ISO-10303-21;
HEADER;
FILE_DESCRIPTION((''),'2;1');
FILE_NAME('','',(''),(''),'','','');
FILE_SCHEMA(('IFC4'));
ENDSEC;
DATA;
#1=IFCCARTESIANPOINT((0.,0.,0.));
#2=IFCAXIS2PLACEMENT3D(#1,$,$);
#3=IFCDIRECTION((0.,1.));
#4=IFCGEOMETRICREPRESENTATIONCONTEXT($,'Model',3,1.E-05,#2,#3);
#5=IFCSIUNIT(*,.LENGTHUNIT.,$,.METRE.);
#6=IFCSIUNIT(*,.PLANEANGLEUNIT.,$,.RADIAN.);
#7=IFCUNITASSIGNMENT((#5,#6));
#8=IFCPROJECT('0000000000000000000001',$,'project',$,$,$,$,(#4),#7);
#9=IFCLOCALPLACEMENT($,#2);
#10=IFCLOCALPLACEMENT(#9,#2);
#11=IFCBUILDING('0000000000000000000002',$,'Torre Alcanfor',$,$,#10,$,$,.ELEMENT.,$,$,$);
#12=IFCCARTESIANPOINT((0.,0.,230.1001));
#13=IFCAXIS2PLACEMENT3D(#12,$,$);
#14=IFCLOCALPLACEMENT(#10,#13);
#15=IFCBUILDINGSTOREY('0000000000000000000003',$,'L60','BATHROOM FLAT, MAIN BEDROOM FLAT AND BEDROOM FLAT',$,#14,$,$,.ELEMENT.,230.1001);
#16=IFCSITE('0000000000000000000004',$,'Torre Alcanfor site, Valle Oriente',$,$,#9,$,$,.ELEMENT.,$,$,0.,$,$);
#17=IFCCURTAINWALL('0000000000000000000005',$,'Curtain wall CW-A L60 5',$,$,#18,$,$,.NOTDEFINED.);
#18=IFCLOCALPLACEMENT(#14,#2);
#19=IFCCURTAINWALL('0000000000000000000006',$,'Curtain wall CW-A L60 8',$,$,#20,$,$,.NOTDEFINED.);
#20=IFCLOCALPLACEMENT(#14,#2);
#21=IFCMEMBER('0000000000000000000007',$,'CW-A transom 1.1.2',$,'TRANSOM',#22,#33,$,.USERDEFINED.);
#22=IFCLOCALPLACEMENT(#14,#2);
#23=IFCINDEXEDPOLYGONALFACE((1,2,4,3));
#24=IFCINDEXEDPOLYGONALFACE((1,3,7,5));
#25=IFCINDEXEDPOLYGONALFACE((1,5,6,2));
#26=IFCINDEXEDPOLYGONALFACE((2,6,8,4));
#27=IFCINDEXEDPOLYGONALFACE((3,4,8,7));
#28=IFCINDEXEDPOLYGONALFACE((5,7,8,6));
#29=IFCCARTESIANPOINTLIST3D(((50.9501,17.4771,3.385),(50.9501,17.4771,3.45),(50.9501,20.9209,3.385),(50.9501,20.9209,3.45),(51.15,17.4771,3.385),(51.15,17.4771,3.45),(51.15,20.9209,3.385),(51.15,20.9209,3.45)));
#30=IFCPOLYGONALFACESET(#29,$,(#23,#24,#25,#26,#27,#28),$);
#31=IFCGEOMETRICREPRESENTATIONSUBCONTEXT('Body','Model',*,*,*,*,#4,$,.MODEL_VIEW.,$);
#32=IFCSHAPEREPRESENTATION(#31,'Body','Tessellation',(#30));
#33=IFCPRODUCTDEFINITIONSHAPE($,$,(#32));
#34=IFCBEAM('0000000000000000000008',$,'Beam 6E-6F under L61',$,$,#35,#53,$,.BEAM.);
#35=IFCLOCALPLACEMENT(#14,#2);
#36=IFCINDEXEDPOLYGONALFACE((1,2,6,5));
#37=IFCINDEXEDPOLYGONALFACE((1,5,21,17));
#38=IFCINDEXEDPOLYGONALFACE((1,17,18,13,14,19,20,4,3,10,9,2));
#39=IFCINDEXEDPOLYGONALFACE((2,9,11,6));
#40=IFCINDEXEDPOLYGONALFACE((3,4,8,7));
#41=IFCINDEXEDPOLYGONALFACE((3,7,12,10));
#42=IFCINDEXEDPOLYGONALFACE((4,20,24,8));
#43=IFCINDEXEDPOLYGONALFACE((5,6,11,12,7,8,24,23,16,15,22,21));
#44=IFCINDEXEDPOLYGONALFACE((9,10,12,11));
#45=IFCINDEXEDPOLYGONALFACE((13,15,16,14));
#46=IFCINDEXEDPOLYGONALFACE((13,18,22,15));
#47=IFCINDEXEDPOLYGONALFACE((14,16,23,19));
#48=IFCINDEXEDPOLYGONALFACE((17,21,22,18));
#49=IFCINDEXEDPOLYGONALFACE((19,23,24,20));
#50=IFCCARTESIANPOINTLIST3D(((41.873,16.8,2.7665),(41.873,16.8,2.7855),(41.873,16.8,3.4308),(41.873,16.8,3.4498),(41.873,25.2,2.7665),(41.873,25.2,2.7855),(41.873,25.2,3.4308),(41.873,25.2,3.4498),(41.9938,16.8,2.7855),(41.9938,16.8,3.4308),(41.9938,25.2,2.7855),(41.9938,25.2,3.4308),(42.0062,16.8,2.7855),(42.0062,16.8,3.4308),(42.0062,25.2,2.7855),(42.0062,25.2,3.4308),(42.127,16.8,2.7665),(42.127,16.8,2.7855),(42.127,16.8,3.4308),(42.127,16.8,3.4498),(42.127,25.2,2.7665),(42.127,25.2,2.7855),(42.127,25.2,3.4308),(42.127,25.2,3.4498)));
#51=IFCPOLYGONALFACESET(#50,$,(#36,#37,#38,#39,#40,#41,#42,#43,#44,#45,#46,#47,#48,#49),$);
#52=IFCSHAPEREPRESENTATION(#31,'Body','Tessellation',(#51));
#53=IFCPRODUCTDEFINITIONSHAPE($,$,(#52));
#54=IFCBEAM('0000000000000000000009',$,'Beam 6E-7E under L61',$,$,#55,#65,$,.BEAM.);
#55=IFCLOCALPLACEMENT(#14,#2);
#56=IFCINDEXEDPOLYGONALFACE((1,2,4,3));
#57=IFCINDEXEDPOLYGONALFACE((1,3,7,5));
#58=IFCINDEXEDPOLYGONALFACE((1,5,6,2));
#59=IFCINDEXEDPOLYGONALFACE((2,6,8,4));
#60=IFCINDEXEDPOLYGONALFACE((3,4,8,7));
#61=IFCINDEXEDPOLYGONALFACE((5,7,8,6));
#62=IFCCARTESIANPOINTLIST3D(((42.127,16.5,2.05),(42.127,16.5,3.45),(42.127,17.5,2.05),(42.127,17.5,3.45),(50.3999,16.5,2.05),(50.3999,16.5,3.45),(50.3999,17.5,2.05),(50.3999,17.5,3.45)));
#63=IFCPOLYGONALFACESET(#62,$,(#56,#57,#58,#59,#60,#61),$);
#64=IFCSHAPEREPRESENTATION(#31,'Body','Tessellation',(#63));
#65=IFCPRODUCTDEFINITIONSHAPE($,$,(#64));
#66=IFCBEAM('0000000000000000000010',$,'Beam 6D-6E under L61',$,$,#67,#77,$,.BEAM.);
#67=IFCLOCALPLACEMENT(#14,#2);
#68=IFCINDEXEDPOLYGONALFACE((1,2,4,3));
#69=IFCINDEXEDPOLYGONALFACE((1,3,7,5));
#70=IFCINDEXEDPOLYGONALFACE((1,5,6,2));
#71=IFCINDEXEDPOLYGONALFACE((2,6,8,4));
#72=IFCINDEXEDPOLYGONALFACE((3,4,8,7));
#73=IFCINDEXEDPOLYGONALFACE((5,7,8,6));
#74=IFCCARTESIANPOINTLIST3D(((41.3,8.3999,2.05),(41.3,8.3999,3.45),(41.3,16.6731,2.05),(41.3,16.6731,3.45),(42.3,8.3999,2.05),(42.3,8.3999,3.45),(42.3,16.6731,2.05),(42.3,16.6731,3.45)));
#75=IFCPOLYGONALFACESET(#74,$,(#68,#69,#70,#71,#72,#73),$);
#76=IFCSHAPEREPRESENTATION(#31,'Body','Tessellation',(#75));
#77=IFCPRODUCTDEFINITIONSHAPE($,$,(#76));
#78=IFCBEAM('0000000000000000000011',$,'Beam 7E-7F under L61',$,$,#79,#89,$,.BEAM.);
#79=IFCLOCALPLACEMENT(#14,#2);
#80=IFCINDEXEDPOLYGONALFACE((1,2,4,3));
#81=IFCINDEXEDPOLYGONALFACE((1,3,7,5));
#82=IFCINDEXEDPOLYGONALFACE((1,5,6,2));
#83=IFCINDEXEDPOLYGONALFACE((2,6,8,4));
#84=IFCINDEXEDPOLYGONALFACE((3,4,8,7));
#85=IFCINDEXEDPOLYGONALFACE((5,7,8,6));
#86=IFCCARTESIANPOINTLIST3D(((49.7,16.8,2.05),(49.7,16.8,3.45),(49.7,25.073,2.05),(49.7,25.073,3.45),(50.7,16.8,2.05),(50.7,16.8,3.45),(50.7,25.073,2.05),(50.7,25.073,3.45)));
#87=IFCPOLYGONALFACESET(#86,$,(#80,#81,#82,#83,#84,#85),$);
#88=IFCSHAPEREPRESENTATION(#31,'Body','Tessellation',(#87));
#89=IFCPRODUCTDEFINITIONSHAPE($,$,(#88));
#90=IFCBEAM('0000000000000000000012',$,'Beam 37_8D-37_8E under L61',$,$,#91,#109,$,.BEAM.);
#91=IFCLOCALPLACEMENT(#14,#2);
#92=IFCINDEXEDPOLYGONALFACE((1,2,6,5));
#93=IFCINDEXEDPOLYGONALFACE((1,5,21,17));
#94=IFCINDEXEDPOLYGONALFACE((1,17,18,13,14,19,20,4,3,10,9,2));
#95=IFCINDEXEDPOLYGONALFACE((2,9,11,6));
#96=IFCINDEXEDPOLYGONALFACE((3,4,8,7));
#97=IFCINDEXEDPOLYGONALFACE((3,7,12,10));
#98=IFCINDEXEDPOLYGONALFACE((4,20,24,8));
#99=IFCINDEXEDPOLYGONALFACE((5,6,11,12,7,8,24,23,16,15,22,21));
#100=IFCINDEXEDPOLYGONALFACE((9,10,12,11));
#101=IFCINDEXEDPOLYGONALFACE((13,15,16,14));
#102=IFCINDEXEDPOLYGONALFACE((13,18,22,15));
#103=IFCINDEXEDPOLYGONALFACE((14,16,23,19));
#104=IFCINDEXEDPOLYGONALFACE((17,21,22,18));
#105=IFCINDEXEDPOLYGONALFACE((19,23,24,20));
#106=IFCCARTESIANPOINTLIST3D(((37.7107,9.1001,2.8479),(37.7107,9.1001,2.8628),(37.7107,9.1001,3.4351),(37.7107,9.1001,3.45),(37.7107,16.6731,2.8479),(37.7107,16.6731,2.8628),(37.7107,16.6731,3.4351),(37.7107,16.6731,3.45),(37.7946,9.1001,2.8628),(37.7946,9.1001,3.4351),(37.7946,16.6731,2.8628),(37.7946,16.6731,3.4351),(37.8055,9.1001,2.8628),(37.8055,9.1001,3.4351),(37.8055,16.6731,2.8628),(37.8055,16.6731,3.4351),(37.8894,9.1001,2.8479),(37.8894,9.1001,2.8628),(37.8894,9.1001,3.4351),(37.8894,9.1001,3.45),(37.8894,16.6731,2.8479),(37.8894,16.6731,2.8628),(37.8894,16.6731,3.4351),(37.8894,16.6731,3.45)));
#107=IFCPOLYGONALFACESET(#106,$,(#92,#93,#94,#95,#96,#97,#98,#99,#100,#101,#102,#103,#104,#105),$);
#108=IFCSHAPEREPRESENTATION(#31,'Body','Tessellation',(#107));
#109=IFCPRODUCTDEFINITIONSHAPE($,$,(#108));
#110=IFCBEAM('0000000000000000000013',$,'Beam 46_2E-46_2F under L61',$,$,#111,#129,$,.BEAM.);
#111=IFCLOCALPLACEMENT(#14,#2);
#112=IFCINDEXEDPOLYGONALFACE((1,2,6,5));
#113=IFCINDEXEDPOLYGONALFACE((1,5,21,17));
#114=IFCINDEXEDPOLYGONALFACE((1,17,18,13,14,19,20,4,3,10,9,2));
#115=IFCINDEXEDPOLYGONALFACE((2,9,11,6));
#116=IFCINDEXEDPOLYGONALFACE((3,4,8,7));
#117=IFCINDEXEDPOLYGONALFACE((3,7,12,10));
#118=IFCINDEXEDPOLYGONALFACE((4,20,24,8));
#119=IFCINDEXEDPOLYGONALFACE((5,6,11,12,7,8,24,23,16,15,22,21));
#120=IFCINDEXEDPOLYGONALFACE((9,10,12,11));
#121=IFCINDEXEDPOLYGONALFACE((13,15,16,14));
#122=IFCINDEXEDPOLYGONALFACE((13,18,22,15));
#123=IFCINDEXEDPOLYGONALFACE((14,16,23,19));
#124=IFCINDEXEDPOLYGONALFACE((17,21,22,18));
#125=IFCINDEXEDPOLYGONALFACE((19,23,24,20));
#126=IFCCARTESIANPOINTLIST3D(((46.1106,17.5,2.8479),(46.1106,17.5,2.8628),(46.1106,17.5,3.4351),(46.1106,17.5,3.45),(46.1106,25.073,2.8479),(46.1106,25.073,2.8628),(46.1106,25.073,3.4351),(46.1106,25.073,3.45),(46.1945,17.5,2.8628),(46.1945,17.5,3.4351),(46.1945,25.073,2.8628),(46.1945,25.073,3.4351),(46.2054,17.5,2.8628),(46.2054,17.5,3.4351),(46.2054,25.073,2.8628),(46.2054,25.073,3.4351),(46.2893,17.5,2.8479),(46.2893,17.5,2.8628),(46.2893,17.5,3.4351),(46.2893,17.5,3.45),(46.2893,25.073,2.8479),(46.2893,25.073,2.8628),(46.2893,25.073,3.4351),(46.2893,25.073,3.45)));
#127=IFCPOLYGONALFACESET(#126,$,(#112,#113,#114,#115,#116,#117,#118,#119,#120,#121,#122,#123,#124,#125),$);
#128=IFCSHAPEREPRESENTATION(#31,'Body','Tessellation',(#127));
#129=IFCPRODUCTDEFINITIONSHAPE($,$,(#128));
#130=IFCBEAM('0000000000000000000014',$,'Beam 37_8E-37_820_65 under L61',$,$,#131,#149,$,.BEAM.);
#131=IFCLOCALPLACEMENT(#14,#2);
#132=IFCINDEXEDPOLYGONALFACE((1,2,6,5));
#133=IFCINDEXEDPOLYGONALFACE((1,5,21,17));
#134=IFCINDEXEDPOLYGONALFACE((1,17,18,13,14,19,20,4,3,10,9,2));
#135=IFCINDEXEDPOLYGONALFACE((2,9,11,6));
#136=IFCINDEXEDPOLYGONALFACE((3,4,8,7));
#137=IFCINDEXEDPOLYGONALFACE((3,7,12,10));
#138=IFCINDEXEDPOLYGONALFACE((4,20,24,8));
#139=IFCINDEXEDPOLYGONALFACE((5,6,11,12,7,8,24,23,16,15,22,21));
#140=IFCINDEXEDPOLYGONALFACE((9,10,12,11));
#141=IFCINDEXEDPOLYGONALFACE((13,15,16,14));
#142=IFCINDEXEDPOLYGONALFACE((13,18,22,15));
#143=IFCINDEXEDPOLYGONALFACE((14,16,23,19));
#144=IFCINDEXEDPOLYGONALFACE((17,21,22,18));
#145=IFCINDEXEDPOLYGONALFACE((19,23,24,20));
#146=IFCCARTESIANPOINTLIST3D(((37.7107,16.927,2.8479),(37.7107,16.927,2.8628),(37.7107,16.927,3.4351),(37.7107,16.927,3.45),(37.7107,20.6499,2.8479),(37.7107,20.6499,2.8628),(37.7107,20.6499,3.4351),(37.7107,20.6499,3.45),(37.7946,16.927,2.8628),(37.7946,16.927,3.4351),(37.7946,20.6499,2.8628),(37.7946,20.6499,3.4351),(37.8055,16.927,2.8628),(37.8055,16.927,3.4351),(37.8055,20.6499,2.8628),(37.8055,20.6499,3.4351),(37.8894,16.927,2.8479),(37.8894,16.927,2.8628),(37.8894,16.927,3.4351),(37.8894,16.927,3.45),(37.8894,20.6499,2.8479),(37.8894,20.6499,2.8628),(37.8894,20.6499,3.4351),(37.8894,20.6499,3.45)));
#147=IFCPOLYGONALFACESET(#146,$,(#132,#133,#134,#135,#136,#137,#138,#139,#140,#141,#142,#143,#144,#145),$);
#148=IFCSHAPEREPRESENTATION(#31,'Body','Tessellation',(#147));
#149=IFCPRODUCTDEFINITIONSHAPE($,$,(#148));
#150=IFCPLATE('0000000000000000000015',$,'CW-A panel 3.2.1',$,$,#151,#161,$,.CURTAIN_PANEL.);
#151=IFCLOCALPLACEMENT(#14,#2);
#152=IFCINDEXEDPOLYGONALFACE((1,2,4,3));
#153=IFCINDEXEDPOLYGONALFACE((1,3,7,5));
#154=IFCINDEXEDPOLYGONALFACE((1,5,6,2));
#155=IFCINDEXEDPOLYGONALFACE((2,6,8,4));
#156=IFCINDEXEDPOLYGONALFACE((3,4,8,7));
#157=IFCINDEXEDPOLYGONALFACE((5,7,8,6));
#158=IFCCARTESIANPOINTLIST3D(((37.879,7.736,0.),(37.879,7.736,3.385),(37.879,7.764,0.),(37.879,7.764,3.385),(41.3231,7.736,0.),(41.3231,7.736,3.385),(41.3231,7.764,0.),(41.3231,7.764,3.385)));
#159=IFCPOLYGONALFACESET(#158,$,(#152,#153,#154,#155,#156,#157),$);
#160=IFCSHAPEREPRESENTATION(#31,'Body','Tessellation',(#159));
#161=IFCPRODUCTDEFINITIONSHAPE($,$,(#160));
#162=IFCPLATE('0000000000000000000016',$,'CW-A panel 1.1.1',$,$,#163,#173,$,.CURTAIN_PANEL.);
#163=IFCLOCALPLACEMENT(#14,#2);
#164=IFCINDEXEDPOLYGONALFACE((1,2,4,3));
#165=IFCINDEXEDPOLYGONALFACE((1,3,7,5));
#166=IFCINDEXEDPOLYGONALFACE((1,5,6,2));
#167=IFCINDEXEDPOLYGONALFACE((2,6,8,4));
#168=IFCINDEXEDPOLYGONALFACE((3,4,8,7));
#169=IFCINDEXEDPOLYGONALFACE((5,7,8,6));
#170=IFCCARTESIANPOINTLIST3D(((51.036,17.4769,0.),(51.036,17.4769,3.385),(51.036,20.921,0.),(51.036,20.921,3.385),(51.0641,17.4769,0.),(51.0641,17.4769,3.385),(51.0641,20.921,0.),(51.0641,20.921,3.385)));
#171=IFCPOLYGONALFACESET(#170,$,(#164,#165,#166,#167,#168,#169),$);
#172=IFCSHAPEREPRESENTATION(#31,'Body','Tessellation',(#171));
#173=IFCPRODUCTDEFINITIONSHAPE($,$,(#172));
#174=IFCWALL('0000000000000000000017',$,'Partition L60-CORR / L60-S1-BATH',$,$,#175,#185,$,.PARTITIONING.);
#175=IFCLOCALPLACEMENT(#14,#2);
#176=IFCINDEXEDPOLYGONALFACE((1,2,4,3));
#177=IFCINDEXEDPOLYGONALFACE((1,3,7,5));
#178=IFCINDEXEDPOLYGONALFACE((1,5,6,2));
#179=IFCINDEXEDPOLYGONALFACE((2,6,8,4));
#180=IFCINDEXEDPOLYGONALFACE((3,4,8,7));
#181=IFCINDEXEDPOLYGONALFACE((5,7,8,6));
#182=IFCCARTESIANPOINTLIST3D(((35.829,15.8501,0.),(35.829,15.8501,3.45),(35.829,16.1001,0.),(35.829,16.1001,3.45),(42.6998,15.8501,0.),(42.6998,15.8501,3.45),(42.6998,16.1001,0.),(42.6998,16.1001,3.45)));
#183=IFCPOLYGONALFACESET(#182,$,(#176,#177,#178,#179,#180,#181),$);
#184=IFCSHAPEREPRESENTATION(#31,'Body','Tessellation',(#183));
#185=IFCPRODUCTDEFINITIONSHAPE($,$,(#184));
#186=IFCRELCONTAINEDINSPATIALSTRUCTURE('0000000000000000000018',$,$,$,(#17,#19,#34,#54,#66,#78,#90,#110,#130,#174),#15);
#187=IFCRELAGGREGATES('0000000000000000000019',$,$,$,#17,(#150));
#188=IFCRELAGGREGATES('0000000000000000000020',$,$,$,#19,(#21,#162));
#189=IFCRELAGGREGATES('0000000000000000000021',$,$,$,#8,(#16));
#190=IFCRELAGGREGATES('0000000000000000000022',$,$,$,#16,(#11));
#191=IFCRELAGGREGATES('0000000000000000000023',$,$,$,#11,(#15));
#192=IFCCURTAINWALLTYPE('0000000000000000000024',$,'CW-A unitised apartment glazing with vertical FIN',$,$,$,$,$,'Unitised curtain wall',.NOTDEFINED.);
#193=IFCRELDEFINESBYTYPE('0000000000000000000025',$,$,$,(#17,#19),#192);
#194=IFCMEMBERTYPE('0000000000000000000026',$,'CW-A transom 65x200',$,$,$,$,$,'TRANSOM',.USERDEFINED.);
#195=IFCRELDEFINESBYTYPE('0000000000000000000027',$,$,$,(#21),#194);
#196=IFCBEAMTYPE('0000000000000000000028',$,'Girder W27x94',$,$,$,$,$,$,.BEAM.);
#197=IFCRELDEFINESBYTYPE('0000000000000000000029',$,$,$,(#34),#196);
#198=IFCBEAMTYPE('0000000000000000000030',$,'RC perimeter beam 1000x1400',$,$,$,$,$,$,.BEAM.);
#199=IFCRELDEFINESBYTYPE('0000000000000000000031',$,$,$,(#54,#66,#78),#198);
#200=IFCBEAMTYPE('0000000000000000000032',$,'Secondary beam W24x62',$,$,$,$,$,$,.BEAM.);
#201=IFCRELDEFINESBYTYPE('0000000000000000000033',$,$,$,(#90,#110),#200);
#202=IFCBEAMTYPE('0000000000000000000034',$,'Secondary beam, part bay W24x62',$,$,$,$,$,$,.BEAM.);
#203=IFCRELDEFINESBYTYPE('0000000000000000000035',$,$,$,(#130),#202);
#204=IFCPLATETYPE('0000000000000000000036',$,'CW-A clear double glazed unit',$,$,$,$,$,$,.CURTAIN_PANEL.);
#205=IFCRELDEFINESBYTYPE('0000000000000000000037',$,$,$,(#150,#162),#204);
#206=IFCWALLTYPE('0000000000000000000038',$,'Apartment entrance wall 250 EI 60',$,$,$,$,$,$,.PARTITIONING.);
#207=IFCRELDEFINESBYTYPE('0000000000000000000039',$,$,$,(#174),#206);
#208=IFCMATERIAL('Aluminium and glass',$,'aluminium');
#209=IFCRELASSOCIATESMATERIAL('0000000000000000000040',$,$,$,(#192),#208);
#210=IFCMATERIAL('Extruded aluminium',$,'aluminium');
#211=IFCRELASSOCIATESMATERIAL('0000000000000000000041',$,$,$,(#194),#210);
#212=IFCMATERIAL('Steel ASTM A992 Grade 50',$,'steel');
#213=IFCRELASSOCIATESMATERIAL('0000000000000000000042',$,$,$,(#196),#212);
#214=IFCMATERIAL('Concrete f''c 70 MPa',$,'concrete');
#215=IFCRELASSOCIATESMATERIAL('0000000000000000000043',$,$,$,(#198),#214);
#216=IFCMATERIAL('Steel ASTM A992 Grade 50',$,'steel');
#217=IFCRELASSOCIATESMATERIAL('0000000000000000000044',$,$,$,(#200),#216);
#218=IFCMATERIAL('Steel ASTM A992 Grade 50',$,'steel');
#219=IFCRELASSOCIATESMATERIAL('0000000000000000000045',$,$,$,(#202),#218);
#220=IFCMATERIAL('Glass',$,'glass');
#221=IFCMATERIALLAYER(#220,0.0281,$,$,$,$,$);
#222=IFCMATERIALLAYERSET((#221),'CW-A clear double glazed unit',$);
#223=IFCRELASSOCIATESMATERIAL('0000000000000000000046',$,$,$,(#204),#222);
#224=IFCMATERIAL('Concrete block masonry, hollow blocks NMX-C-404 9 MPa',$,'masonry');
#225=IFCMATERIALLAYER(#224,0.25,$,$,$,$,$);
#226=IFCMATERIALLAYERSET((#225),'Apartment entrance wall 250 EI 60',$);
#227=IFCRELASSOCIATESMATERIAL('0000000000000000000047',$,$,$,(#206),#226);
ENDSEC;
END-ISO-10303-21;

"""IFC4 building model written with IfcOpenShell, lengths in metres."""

from ifc_helpers import new_model, si_unit, direction, frame, frame_2d, origin, origin_2d, place, context, subcontext, project, spatial, rectangle, i_section, extrude, material, layer, layer_set, material_profile, profile_set, type_object, element, aggregate, save


model = new_model("IFC4")

# Units and contexts
model_context = context("Model", 3, precision=1e-05, world=origin(), true_north=direction((0.0, 1.0)))
body_context = subcontext(model_context, "Body", "Model", "MODEL_VIEW")
ifc_project = project(units=[si_unit("LENGTHUNIT", "METRE"), si_unit("PLANEANGLEUNIT", "RADIAN")], contexts=[model_context])

# Site, building, storey
site_placement = place(None, origin())
site = spatial("IfcSite", under=ifc_project, at=site_placement, Name="Torre Alcanfor site, Valle Oriente", CompositionType="ELEMENT", RefElevation=0.0)
building_placement = place(site_placement, origin())
building = spatial("IfcBuilding", under=site, at=building_placement, Name="Torre Alcanfor", CompositionType="ELEMENT")
storey_placement = place(building_placement, frame((0.0, 0.0, 230.1001)))
storey = spatial("IfcBuildingStorey", under=building, at=storey_placement, Name="L60", Description="BATHROOM FLAT, MAIN BEDROOM FLAT AND BEDROOM FLAT", CompositionType="ELEMENT", Elevation=230.1001)

# Curtain walls
ifc_material_1 = material(Name="Aluminium and glass", Category="aluminium")
curtain_wall_type = type_object("IfcCurtainWallType", Name="CW-A unitised apartment glazing with vertical FIN", ElementType="Unitised curtain wall", PredefinedType="NOTDEFINED", material=ifc_material_1)
curtain_wall_1_placement = place(storey_placement, origin())
curtain_wall_1 = element("IfcCurtainWall", 1, at=curtain_wall_1_placement, inside=storey, type_object=curtain_wall_type, Name="Curtain wall CW-A L60 5", PredefinedType="NOTDEFINED")
curtain_wall_2_placement = place(storey_placement, origin())
curtain_wall_2 = element("IfcCurtainWall", 2, at=curtain_wall_2_placement, inside=storey, type_object=curtain_wall_type, Name="Curtain wall CW-A L60 8", PredefinedType="NOTDEFINED")

# Member
ifc_material_2 = material(Name="Extruded aluminium", Category="aluminium")
ifc_material_profile_1 = material_profile(ifc_material_2, rectangle(XDim=0.2, YDim=0.0649, at=origin_2d()), Name="CW-A transom 200x65")
ifc_profile_set_1 = profile_set([ifc_material_profile_1], Name="Extruded aluminium")
member_type_1 = type_object("IfcMemberType", Name="CW-A transom 65x200", ElementType="TRANSOM", PredefinedType="USERDEFINED", material=ifc_profile_set_1)
member_1_placement = place(storey_placement, frame((51.05, 17.4771, 3.4175), z_axis=(0.0, 1.0, 0.0), x_axis=(-1.0, 0.0, 0.0)))
member_1 = element("IfcMember", 3, at=member_1_placement, type_object=member_type_1, Name="CW-A transom 1.1.2", ObjectType="TRANSOM", PredefinedType="USERDEFINED", context=body_context, shape_type="SweptSolid", body=[
    extrude(rectangle(XDim=0.2, YDim=0.0649, at=origin_2d()), origin(), (0.0, 0.0, 1.0), 3.4438),
])

# Beams
ifc_material_3 = material(Name="Steel ASTM A992 Grade 50", Category="steel")
ifc_material_profile_2 = material_profile(ifc_material_3, i_section(OverallWidth=0.2539, OverallDepth=0.6833, WebThickness=0.0125, FlangeThickness=0.019, at=origin_2d()), Name="W27x94")
ifc_profile_set_2 = profile_set([ifc_material_profile_2], Name="Steel ASTM A992 Grade 50")
beam_type_1 = type_object("IfcBeamType", Name="Girder W27x94", PredefinedType="BEAM", material=ifc_profile_set_2)
beam_1_placement = place(storey_placement, frame((42.0, 16.8, 3.1082), z_axis=(0.0, 1.0, 0.0), x_axis=(-1.0, 0.0, 0.0)))
element("IfcBeam", 4, at=beam_1_placement, inside=storey, type_object=beam_type_1, Name="Beam 6E-6F under L61", PredefinedType="BEAM", context=body_context, shape_type="SweptSolid", body=[
    extrude(i_section(OverallWidth=0.2539, OverallDepth=0.6833, WebThickness=0.0125, FlangeThickness=0.019, at=origin_2d()), origin(), (0.0, 0.0, 1.0), 8.3999),
])
ifc_material_4 = material(Name="Concrete f'c 70 MPa", Category="concrete")
ifc_material_profile_3 = material_profile(ifc_material_4, rectangle(XDim=1.0, YDim=1.3999, at=origin_2d()), Name="1000x1400")
ifc_profile_set_3 = profile_set([ifc_material_profile_3], Name="Concrete f'c 70 MPa")
beam_type_2 = type_object("IfcBeamType", Name="RC perimeter beam 1000x1400", PredefinedType="BEAM", material=ifc_profile_set_3)
beam_2_placement = place(storey_placement, frame((42.127, 17.0, 2.75), z_axis=(1.0, 0.0, 0.0), x_axis=(0.0, 1.0, 0.0)))
element("IfcBeam", 5, at=beam_2_placement, inside=storey, type_object=beam_type_2, Name="Beam 6E-7E under L61", PredefinedType="BEAM", context=body_context, shape_type="SweptSolid", body=[
    extrude(rectangle(XDim=1.0, YDim=1.3999, at=origin_2d()), origin(), (0.0, 0.0, 1.0), 8.2729),
])
beam_3_placement = place(storey_placement, frame((41.8, 8.3999, 2.75), z_axis=(0.0, 1.0, 0.0), x_axis=(-1.0, 0.0, 0.0)))
element("IfcBeam", 6, at=beam_3_placement, inside=storey, type_object=beam_type_2, Name="Beam 6D-6E under L61", PredefinedType="BEAM", context=body_context, shape_type="SweptSolid", body=[
    extrude(rectangle(XDim=1.0, YDim=1.3999, at=origin_2d()), origin(), (0.0, 0.0, 1.0), 8.2732),
])
beam_4_placement = place(storey_placement, frame((50.2, 16.8, 2.75), z_axis=(0.0, 1.0, 0.0), x_axis=(-1.0, 0.0, 0.0)))
element("IfcBeam", 7, at=beam_4_placement, inside=storey, type_object=beam_type_2, Name="Beam 7E-7F under L61", PredefinedType="BEAM", context=body_context, shape_type="SweptSolid", body=[
    extrude(rectangle(XDim=1.0, YDim=1.3999, at=origin_2d()), origin(), (0.0, 0.0, 1.0), 8.2729),
])
ifc_material_5 = material(Name="Steel ASTM A992 Grade 50", Category="steel")
ifc_material_profile_4 = material_profile(ifc_material_5, i_section(OverallWidth=0.1787, OverallDepth=0.6021, WebThickness=0.011, FlangeThickness=0.0149, at=origin_2d()), Name="W24x62")
ifc_profile_set_4 = profile_set([ifc_material_profile_4], Name="Steel ASTM A992 Grade 50")
beam_type_3 = type_object("IfcBeamType", Name="Secondary beam W24x62", PredefinedType="BEAM", material=ifc_profile_set_4)
for number, where, z_axis, x_axis, name in (
    (8, (37.8, 9.1001, 3.1489), (0.0, 1.0, 0.0), (-1.0, 0.0, 0.0), "Beam 37_8D-37_8E under L61"),
    (9, (46.2, 17.5, 3.1489), (0.0, 1.0, 0.0), (-1.0, 0.0, 0.0), "Beam 46_2E-46_2F under L61"),
):
    element("IfcBeam", number, at=place(storey_placement, frame(where, z_axis=z_axis, x_axis=x_axis)), inside=storey, type_object=beam_type_3, Name=name, PredefinedType="BEAM", context=body_context, shape_type="SweptSolid", body=[
        extrude(i_section(OverallWidth=0.1787, OverallDepth=0.6021, WebThickness=0.011, FlangeThickness=0.0149, at=origin_2d()), origin(), (0.0, 0.0, 1.0), 7.573),
    ])
ifc_material_6 = material(Name="Steel ASTM A992 Grade 50", Category="steel")
ifc_material_profile_5 = material_profile(ifc_material_6, i_section(OverallWidth=0.1787, OverallDepth=0.6021, WebThickness=0.011, FlangeThickness=0.0149, at=origin_2d()), Name="W24x62")
ifc_profile_set_5 = profile_set([ifc_material_profile_5], Name="Steel ASTM A992 Grade 50")
beam_type_4 = type_object("IfcBeamType", Name="Secondary beam, part bay W24x62", PredefinedType="BEAM", material=ifc_profile_set_5)
beam_5_placement = place(storey_placement, frame((37.8, 16.927, 3.1489), z_axis=(0.0, 1.0, 0.0), x_axis=(-1.0, 0.0, 0.0)))
element("IfcBeam", 10, at=beam_5_placement, inside=storey, type_object=beam_type_4, Name="Beam 37_8E-37_820_65 under L61", PredefinedType="BEAM", context=body_context, shape_type="SweptSolid", body=[
    extrude(i_section(OverallWidth=0.1787, OverallDepth=0.6021, WebThickness=0.011, FlangeThickness=0.0149, at=origin_2d()), origin(), (0.0, 0.0, 1.0), 3.7229),
])

# Plates
ifc_material_7 = material(Name="Glass", Category="glass")
ifc_layer_1 = layer(ifc_material_7, 0.0281)
ifc_layer_set_1 = layer_set([ifc_layer_1], Name="CW-A clear double glazed unit")
plate_type = type_object("IfcPlateType", Name="CW-A clear double glazed unit", PredefinedType="CURTAIN_PANEL", material=ifc_layer_set_1)
plate_1_placement = place(storey_placement, frame((39.6011, 7.75, 0.0), z_axis=(0.0, 0.0, 1.0), x_axis=(1.0, 0.0, 0.0)))
plate_1 = element("IfcPlate", 11, at=plate_1_placement, type_object=plate_type, Name="CW-A panel 3.2.1", PredefinedType="CURTAIN_PANEL", context=body_context, shape_type="SweptSolid", body=[
    extrude(rectangle(XDim=3.4441, YDim=0.0281, at=origin_2d()), origin(), (0.0, 0.0, 1.0), 3.385),
])
aggregate(curtain_wall_1, [plate_1])
plate_2_placement = place(storey_placement, frame((51.05, 19.199, 0.0), z_axis=(0.0, 0.0, 1.0), x_axis=(0.0, 1.0, 0.0)))
plate_2 = element("IfcPlate", 12, at=plate_2_placement, type_object=plate_type, Name="CW-A panel 1.1.1", PredefinedType="CURTAIN_PANEL", context=body_context, shape_type="SweptSolid", body=[
    extrude(rectangle(XDim=3.4441, YDim=0.0281, at=origin_2d()), origin(), (0.0, 0.0, 1.0), 3.385),
])
aggregate(curtain_wall_2, [member_1, plate_2])

# Wall
ifc_material_8 = material(Name="Concrete block masonry, hollow blocks NMX-C-404 9 MPa", Category="masonry")
ifc_layer_2 = layer(ifc_material_8, 0.25)
ifc_layer_set_2 = layer_set([ifc_layer_2], Name="Apartment entrance wall 250 EI 60")
wall_type_1 = type_object("IfcWallType", Name="Apartment entrance wall 250 EI 60", PredefinedType="PARTITIONING", material=ifc_layer_set_2)
wall_1_placement = place(storey_placement, frame((42.7, 15.9751, 0.0), z_axis=(0.0, 0.0, 1.0), x_axis=(-1.0, 0.0, 0.0)))
element("IfcWall", 13, at=wall_1_placement, inside=storey, type_object=wall_type_1, Name="Partition L60-CORR / L60-S1-BATH", PredefinedType="PARTITIONING", context=body_context, shape_type="SweptSolid", body=[
    extrude(rectangle(XDim=6.8708, YDim=0.25, at=frame_2d((3.4355, 0.0))), origin(), (0.0, 0.0, 1.0), 3.45),
])

save(model, "model.ifc")
